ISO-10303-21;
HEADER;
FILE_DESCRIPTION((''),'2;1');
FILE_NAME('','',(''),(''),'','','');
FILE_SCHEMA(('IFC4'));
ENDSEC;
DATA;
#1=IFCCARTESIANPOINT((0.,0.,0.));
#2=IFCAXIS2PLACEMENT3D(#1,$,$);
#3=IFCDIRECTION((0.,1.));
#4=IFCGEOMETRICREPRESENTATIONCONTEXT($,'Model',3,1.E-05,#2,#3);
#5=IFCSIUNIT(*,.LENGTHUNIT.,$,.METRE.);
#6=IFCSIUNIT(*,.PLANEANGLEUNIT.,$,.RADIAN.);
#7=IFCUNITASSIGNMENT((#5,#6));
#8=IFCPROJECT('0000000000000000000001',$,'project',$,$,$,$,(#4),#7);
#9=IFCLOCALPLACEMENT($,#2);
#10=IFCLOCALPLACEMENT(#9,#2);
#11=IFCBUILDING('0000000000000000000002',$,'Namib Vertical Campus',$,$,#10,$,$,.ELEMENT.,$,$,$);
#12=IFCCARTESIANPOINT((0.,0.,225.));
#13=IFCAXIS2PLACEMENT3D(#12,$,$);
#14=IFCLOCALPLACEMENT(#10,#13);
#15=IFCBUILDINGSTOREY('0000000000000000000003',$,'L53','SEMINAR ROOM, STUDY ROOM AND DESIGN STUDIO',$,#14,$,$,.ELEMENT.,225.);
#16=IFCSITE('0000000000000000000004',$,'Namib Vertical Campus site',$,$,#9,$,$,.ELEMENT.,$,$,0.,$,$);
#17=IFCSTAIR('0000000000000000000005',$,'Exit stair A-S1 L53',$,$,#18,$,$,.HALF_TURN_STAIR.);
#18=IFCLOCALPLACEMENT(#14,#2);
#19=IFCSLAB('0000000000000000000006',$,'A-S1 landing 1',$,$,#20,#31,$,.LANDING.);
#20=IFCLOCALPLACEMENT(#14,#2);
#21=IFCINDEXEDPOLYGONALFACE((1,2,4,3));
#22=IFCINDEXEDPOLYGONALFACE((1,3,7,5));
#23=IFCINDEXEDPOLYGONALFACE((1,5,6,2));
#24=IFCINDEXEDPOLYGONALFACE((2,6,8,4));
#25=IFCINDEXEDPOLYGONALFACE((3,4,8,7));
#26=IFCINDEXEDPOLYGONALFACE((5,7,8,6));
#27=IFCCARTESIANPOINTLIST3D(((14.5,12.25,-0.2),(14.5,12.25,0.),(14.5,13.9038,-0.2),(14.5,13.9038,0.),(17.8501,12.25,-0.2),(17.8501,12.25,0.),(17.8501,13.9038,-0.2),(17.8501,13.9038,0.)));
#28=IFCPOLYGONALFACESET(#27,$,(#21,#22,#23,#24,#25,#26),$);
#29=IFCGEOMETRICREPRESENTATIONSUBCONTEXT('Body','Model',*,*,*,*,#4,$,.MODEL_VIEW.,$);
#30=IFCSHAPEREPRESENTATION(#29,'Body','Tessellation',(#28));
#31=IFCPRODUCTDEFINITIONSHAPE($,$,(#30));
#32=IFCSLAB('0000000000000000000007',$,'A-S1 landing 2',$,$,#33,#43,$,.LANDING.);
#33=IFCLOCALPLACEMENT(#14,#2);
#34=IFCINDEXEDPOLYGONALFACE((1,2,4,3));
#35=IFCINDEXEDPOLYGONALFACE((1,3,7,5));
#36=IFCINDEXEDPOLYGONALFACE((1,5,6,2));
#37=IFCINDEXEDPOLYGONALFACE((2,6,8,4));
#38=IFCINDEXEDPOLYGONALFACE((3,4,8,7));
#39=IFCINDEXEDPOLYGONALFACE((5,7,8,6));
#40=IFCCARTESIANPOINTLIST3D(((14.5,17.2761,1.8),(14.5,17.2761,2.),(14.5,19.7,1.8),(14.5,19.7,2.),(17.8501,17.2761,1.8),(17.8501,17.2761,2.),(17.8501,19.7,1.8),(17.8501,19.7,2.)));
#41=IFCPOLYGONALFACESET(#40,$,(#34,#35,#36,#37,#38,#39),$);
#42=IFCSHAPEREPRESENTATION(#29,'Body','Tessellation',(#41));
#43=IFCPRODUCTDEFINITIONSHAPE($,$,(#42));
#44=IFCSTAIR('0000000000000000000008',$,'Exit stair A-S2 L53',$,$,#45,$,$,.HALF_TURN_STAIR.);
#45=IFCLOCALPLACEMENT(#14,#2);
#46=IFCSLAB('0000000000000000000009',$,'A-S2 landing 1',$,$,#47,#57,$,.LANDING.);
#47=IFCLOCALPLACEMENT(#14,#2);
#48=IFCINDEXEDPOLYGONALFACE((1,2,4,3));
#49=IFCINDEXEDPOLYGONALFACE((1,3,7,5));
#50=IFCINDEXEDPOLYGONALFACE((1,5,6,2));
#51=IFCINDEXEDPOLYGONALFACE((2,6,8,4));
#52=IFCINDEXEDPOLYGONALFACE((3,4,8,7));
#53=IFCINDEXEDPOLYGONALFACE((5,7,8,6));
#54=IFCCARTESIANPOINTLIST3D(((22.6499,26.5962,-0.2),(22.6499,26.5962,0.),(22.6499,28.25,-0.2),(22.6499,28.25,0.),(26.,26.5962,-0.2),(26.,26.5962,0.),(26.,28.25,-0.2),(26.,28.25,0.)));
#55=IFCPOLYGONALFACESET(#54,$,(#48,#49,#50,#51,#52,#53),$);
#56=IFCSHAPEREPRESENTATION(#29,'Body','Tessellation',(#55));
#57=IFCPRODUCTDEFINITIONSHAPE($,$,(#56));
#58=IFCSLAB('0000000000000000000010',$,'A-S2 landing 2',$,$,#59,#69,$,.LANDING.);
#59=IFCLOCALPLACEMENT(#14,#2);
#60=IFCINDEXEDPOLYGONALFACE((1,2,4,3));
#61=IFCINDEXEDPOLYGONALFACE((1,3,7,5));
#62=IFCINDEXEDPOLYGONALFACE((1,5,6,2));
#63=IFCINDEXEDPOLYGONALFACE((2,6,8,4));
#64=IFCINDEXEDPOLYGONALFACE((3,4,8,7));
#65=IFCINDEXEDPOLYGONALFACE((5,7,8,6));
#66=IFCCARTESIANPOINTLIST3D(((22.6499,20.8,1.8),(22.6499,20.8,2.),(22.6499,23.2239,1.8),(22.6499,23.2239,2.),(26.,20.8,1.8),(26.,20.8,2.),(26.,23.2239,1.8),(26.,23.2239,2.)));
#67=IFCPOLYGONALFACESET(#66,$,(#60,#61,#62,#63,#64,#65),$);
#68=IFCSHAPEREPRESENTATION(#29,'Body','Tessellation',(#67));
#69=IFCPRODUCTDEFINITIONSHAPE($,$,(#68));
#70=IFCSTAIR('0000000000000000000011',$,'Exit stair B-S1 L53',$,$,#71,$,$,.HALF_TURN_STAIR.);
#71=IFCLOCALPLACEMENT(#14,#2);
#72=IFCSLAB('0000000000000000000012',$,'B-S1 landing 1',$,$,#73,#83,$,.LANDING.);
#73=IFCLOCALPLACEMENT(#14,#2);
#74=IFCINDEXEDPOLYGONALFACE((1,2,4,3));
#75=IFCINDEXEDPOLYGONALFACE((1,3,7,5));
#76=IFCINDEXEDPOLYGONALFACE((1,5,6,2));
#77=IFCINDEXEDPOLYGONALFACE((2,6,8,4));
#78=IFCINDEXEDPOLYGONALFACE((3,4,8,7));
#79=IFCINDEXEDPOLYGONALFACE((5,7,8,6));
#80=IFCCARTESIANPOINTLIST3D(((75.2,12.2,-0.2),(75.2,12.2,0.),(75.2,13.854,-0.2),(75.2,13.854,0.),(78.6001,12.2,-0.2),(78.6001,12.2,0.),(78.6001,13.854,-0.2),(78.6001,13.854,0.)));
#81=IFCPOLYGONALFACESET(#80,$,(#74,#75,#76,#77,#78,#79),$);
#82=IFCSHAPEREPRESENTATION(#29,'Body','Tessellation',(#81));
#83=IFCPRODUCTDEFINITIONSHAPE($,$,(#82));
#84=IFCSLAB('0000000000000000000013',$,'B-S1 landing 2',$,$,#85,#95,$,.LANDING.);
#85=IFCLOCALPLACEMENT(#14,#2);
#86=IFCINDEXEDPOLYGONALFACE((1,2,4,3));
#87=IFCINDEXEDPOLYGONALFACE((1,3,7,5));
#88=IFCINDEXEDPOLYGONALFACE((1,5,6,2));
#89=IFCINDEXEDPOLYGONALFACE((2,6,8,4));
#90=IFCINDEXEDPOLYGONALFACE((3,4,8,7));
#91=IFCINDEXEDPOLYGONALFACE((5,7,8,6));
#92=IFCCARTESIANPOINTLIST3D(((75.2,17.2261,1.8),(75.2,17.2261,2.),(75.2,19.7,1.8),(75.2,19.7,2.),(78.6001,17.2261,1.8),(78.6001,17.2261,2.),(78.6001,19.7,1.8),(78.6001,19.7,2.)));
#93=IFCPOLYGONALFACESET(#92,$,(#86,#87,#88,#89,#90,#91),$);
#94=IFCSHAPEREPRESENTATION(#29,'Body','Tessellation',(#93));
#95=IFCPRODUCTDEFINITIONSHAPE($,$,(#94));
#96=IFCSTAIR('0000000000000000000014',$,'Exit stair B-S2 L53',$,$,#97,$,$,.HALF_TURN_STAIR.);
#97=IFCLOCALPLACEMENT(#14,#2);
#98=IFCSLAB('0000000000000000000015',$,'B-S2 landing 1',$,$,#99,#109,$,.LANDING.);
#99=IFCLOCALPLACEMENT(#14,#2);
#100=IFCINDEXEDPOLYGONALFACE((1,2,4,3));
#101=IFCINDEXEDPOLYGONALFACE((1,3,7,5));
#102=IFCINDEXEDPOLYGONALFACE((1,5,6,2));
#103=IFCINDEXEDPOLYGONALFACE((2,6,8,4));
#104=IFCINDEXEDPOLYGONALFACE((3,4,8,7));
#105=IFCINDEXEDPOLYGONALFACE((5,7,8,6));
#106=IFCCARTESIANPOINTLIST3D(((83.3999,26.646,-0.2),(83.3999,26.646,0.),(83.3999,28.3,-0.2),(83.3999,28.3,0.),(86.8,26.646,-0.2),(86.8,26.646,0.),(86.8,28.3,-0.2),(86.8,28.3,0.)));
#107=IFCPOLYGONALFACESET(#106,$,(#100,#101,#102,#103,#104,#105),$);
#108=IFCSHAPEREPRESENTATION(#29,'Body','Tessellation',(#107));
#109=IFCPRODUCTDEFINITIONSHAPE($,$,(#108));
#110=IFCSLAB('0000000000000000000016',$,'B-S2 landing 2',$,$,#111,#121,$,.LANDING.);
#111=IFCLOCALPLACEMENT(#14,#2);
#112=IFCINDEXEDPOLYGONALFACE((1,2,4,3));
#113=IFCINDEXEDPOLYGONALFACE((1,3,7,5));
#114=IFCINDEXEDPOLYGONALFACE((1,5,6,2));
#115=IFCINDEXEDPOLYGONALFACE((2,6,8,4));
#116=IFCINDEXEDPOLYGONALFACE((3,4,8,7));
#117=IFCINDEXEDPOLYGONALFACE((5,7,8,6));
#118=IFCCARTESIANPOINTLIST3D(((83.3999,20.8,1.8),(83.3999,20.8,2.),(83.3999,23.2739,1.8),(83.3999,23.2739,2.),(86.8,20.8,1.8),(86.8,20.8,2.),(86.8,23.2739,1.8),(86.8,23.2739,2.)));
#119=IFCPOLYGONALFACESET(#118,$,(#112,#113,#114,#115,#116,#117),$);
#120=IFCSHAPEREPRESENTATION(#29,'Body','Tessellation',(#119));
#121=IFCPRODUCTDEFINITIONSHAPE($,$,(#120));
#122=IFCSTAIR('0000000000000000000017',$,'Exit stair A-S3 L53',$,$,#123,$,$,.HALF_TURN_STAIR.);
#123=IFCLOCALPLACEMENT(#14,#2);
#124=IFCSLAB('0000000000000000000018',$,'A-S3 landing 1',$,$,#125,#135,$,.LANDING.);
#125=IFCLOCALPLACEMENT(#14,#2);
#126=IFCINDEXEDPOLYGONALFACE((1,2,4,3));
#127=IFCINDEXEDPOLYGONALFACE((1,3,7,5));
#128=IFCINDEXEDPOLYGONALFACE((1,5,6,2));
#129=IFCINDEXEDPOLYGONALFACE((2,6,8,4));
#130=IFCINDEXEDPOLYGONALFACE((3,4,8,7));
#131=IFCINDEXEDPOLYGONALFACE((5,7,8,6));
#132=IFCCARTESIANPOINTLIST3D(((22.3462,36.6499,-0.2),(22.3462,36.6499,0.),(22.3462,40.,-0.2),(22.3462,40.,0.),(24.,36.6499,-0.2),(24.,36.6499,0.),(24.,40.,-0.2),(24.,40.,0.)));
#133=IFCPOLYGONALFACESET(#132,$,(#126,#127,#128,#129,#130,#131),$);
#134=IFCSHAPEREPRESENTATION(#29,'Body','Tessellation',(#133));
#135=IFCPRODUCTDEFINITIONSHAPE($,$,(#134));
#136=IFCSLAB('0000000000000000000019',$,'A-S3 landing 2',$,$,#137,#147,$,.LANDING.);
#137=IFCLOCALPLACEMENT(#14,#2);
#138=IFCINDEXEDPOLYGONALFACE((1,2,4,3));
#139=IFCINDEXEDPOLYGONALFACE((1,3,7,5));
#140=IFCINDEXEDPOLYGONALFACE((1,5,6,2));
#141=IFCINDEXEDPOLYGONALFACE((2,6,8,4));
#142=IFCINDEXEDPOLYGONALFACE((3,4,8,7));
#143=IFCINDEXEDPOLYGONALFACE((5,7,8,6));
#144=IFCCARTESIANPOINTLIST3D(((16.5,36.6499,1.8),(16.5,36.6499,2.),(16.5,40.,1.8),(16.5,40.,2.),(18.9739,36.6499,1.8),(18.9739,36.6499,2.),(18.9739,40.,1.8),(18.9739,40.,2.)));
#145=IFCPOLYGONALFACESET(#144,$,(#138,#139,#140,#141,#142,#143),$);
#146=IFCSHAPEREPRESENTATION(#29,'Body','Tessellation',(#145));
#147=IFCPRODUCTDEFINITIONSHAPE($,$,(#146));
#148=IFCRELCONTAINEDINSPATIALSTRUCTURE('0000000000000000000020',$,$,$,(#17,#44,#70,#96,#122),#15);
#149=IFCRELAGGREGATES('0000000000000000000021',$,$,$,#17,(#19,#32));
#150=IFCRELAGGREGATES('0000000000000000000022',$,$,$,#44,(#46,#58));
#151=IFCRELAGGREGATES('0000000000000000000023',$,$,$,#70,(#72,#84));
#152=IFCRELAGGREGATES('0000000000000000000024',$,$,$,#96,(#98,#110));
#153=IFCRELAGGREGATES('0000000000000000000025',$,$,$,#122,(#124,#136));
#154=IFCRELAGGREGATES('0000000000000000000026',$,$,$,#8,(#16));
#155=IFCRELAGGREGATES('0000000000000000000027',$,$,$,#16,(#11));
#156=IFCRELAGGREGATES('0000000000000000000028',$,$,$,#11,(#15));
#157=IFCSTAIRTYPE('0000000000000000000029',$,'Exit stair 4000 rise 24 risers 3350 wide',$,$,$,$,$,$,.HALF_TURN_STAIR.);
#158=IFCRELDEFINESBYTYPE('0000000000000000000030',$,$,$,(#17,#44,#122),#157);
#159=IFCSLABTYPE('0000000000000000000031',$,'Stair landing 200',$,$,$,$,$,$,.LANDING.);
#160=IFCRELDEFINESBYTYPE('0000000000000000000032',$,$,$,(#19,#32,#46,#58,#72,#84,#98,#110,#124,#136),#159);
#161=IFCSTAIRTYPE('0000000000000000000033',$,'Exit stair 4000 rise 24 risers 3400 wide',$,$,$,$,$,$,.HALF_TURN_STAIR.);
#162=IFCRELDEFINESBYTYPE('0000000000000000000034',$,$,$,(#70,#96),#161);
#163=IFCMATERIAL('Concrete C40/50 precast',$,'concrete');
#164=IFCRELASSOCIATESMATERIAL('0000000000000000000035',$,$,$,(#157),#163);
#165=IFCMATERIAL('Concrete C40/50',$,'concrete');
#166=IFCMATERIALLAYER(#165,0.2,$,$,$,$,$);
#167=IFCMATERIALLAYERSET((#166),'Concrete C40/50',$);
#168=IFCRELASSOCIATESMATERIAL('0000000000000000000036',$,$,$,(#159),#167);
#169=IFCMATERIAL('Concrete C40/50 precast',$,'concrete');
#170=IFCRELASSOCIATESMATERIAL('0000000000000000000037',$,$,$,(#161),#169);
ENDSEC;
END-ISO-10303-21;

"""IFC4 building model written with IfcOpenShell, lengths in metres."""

from ifc_helpers import new_model, si_unit, direction, frame, origin, place, context, subcontext, project, spatial, polyline, outline, extrude, material, layer, layer_set, type_object, element, aggregate, save


model = new_model("IFC4")

# Units and contexts
model_context = context("Model", 3, precision=1e-05, world=origin(), true_north=direction((0.0, 1.0)))
body_context = subcontext(model_context, "Body", "Model", "MODEL_VIEW")
ifc_project = project(units=[si_unit("LENGTHUNIT", "METRE"), si_unit("PLANEANGLEUNIT", "RADIAN")], contexts=[model_context])

# Site, building, storey
site_placement = place(None, origin())
site = spatial("IfcSite", under=ifc_project, at=site_placement, Name="Namib Vertical Campus site", CompositionType="ELEMENT", RefElevation=0.0)
building_placement = place(site_placement, origin())
building = spatial("IfcBuilding", under=site, at=building_placement, Name="Namib Vertical Campus", CompositionType="ELEMENT")
storey_placement = place(building_placement, frame((0.0, 0.0, 225.0)))
storey = spatial("IfcBuildingStorey", under=building, at=storey_placement, Name="L53", Description="SEMINAR ROOM, STUDY ROOM AND DESIGN STUDIO", CompositionType="ELEMENT", Elevation=225.0)

# Stairs, slabs
ifc_material_1 = material(Name="Concrete C40/50 precast", Category="concrete")
stair_type_1 = type_object("IfcStairType", Name="Exit stair 4000 rise 24 risers 3350 wide", PredefinedType="HALF_TURN_STAIR", material=ifc_material_1)
stair_1_placement = place(storey_placement, origin())
stair_1 = element("IfcStair", 1, at=stair_1_placement, inside=storey, type_object=stair_type_1, Name="Exit stair A-S1 L53", PredefinedType="HALF_TURN_STAIR")
ifc_material_2 = material(Name="Concrete C40/50", Category="concrete")
ifc_layer_1 = layer(ifc_material_2, 0.2)
ifc_layer_set_1 = layer_set([ifc_layer_1], Name="Concrete C40/50")
slab_type_1 = type_object("IfcSlabType", Name="Stair landing 200", PredefinedType="LANDING", material=ifc_layer_set_1)
slab_1_placement = place(storey_placement, frame((0.0, 0.0, -0.2)))
slab_1 = element("IfcSlab", 2, at=slab_1_placement, type_object=slab_type_1, Name="A-S1 landing 1", PredefinedType="LANDING", context=body_context, shape_type="SweptSolid", body=[
    extrude(outline(polyline([(14.5, 12.25), (17.8501, 12.25), (17.8501, 13.9038), (14.5, 13.9038), (14.5, 12.25)])), origin(), (0.0, 0.0, 1.0), 0.2),
])
slab_2_placement = place(storey_placement, frame((0.0, 0.0, 1.8)))
slab_2 = element("IfcSlab", 3, at=slab_2_placement, type_object=slab_type_1, Name="A-S1 landing 2", PredefinedType="LANDING", context=body_context, shape_type="SweptSolid", body=[
    extrude(outline(polyline([(14.5, 17.2761), (17.8501, 17.2761), (17.8501, 19.7), (14.5, 19.7), (14.5, 17.2761)])), origin(), (0.0, 0.0, 1.0), 0.2),
])
aggregate(stair_1, [slab_1, slab_2])
stair_2_placement = place(storey_placement, origin())
stair_2 = element("IfcStair", 4, at=stair_2_placement, inside=storey, type_object=stair_type_1, Name="Exit stair A-S2 L53", PredefinedType="HALF_TURN_STAIR")
slab_3_placement = place(storey_placement, frame((0.0, 0.0, -0.2)))
slab_3 = element("IfcSlab", 5, at=slab_3_placement, type_object=slab_type_1, Name="A-S2 landing 1", PredefinedType="LANDING", context=body_context, shape_type="SweptSolid", body=[
    extrude(outline(polyline([(22.6499, 26.5962), (26.0, 26.5962), (26.0, 28.25), (22.6499, 28.25), (22.6499, 26.5962)])), origin(), (0.0, 0.0, 1.0), 0.2),
])
slab_4_placement = place(storey_placement, frame((0.0, 0.0, 1.8)))
slab_4 = element("IfcSlab", 6, at=slab_4_placement, type_object=slab_type_1, Name="A-S2 landing 2", PredefinedType="LANDING", context=body_context, shape_type="SweptSolid", body=[
    extrude(outline(polyline([(22.6499, 20.8), (26.0, 20.8), (26.0, 23.2239), (22.6499, 23.2239), (22.6499, 20.8)])), origin(), (0.0, 0.0, 1.0), 0.2),
])
aggregate(stair_2, [slab_3, slab_4])
ifc_material_3 = material(Name="Concrete C40/50 precast", Category="concrete")
stair_type_2 = type_object("IfcStairType", Name="Exit stair 4000 rise 24 risers 3400 wide", PredefinedType="HALF_TURN_STAIR", material=ifc_material_3)
stair_3_placement = place(storey_placement, origin())
stair_3 = element("IfcStair", 7, at=stair_3_placement, inside=storey, type_object=stair_type_2, Name="Exit stair B-S1 L53", PredefinedType="HALF_TURN_STAIR")
slab_5_placement = place(storey_placement, frame((0.0, 0.0, -0.2)))
slab_5 = element("IfcSlab", 8, at=slab_5_placement, type_object=slab_type_1, Name="B-S1 landing 1", PredefinedType="LANDING", context=body_context, shape_type="SweptSolid", body=[
    extrude(outline(polyline([(75.2, 12.2), (78.6001, 12.2), (78.6001, 13.854), (75.2, 13.854), (75.2, 12.2)])), origin(), (0.0, 0.0, 1.0), 0.2),
])
slab_6_placement = place(storey_placement, frame((0.0, 0.0, 1.8)))
slab_6 = element("IfcSlab", 9, at=slab_6_placement, type_object=slab_type_1, Name="B-S1 landing 2", PredefinedType="LANDING", context=body_context, shape_type="SweptSolid", body=[
    extrude(outline(polyline([(75.2, 17.2261), (78.6001, 17.2261), (78.6001, 19.7), (75.2, 19.7), (75.2, 17.2261)])), origin(), (0.0, 0.0, 1.0), 0.2),
])
aggregate(stair_3, [slab_5, slab_6])
stair_4_placement = place(storey_placement, origin())
stair_4 = element("IfcStair", 10, at=stair_4_placement, inside=storey, type_object=stair_type_2, Name="Exit stair B-S2 L53", PredefinedType="HALF_TURN_STAIR")
slab_7_placement = place(storey_placement, frame((0.0, 0.0, -0.2)))
slab_7 = element("IfcSlab", 11, at=slab_7_placement, type_object=slab_type_1, Name="B-S2 landing 1", PredefinedType="LANDING", context=body_context, shape_type="SweptSolid", body=[
    extrude(outline(polyline([(83.3999, 26.646), (86.8, 26.646), (86.8, 28.3), (83.3999, 28.3), (83.3999, 26.646)])), origin(), (0.0, 0.0, 1.0), 0.2),
])
slab_8_placement = place(storey_placement, frame((0.0, 0.0, 1.8)))
slab_8 = element("IfcSlab", 12, at=slab_8_placement, type_object=slab_type_1, Name="B-S2 landing 2", PredefinedType="LANDING", context=body_context, shape_type="SweptSolid", body=[
    extrude(outline(polyline([(83.3999, 20.8), (86.8, 20.8), (86.8, 23.2739), (83.3999, 23.2739), (83.3999, 20.8)])), origin(), (0.0, 0.0, 1.0), 0.2),
])
aggregate(stair_4, [slab_7, slab_8])
stair_5_placement = place(storey_placement, origin())
stair_5 = element("IfcStair", 13, at=stair_5_placement, inside=storey, type_object=stair_type_1, Name="Exit stair A-S3 L53", PredefinedType="HALF_TURN_STAIR")
slab_9_placement = place(storey_placement, frame((0.0, 0.0, -0.2)))
slab_9 = element("IfcSlab", 14, at=slab_9_placement, type_object=slab_type_1, Name="A-S3 landing 1", PredefinedType="LANDING", context=body_context, shape_type="SweptSolid", body=[
    extrude(outline(polyline([(22.3462, 36.6499), (22.3462, 40.0), (24.0, 40.0), (24.0, 36.6499), (22.3462, 36.6499)])), origin(), (0.0, 0.0, 1.0), 0.2),
])
slab_10_placement = place(storey_placement, frame((0.0, 0.0, 1.8)))
slab_10 = element("IfcSlab", 15, at=slab_10_placement, type_object=slab_type_1, Name="A-S3 landing 2", PredefinedType="LANDING", context=body_context, shape_type="SweptSolid", body=[
    extrude(outline(polyline([(16.5, 36.6499), (16.5, 40.0), (18.9739, 40.0), (18.9739, 36.6499), (16.5, 36.6499)])), origin(), (0.0, 0.0, 1.0), 0.2),
])
aggregate(stair_5, [slab_9, slab_10])

save(model, "model.ifc")
